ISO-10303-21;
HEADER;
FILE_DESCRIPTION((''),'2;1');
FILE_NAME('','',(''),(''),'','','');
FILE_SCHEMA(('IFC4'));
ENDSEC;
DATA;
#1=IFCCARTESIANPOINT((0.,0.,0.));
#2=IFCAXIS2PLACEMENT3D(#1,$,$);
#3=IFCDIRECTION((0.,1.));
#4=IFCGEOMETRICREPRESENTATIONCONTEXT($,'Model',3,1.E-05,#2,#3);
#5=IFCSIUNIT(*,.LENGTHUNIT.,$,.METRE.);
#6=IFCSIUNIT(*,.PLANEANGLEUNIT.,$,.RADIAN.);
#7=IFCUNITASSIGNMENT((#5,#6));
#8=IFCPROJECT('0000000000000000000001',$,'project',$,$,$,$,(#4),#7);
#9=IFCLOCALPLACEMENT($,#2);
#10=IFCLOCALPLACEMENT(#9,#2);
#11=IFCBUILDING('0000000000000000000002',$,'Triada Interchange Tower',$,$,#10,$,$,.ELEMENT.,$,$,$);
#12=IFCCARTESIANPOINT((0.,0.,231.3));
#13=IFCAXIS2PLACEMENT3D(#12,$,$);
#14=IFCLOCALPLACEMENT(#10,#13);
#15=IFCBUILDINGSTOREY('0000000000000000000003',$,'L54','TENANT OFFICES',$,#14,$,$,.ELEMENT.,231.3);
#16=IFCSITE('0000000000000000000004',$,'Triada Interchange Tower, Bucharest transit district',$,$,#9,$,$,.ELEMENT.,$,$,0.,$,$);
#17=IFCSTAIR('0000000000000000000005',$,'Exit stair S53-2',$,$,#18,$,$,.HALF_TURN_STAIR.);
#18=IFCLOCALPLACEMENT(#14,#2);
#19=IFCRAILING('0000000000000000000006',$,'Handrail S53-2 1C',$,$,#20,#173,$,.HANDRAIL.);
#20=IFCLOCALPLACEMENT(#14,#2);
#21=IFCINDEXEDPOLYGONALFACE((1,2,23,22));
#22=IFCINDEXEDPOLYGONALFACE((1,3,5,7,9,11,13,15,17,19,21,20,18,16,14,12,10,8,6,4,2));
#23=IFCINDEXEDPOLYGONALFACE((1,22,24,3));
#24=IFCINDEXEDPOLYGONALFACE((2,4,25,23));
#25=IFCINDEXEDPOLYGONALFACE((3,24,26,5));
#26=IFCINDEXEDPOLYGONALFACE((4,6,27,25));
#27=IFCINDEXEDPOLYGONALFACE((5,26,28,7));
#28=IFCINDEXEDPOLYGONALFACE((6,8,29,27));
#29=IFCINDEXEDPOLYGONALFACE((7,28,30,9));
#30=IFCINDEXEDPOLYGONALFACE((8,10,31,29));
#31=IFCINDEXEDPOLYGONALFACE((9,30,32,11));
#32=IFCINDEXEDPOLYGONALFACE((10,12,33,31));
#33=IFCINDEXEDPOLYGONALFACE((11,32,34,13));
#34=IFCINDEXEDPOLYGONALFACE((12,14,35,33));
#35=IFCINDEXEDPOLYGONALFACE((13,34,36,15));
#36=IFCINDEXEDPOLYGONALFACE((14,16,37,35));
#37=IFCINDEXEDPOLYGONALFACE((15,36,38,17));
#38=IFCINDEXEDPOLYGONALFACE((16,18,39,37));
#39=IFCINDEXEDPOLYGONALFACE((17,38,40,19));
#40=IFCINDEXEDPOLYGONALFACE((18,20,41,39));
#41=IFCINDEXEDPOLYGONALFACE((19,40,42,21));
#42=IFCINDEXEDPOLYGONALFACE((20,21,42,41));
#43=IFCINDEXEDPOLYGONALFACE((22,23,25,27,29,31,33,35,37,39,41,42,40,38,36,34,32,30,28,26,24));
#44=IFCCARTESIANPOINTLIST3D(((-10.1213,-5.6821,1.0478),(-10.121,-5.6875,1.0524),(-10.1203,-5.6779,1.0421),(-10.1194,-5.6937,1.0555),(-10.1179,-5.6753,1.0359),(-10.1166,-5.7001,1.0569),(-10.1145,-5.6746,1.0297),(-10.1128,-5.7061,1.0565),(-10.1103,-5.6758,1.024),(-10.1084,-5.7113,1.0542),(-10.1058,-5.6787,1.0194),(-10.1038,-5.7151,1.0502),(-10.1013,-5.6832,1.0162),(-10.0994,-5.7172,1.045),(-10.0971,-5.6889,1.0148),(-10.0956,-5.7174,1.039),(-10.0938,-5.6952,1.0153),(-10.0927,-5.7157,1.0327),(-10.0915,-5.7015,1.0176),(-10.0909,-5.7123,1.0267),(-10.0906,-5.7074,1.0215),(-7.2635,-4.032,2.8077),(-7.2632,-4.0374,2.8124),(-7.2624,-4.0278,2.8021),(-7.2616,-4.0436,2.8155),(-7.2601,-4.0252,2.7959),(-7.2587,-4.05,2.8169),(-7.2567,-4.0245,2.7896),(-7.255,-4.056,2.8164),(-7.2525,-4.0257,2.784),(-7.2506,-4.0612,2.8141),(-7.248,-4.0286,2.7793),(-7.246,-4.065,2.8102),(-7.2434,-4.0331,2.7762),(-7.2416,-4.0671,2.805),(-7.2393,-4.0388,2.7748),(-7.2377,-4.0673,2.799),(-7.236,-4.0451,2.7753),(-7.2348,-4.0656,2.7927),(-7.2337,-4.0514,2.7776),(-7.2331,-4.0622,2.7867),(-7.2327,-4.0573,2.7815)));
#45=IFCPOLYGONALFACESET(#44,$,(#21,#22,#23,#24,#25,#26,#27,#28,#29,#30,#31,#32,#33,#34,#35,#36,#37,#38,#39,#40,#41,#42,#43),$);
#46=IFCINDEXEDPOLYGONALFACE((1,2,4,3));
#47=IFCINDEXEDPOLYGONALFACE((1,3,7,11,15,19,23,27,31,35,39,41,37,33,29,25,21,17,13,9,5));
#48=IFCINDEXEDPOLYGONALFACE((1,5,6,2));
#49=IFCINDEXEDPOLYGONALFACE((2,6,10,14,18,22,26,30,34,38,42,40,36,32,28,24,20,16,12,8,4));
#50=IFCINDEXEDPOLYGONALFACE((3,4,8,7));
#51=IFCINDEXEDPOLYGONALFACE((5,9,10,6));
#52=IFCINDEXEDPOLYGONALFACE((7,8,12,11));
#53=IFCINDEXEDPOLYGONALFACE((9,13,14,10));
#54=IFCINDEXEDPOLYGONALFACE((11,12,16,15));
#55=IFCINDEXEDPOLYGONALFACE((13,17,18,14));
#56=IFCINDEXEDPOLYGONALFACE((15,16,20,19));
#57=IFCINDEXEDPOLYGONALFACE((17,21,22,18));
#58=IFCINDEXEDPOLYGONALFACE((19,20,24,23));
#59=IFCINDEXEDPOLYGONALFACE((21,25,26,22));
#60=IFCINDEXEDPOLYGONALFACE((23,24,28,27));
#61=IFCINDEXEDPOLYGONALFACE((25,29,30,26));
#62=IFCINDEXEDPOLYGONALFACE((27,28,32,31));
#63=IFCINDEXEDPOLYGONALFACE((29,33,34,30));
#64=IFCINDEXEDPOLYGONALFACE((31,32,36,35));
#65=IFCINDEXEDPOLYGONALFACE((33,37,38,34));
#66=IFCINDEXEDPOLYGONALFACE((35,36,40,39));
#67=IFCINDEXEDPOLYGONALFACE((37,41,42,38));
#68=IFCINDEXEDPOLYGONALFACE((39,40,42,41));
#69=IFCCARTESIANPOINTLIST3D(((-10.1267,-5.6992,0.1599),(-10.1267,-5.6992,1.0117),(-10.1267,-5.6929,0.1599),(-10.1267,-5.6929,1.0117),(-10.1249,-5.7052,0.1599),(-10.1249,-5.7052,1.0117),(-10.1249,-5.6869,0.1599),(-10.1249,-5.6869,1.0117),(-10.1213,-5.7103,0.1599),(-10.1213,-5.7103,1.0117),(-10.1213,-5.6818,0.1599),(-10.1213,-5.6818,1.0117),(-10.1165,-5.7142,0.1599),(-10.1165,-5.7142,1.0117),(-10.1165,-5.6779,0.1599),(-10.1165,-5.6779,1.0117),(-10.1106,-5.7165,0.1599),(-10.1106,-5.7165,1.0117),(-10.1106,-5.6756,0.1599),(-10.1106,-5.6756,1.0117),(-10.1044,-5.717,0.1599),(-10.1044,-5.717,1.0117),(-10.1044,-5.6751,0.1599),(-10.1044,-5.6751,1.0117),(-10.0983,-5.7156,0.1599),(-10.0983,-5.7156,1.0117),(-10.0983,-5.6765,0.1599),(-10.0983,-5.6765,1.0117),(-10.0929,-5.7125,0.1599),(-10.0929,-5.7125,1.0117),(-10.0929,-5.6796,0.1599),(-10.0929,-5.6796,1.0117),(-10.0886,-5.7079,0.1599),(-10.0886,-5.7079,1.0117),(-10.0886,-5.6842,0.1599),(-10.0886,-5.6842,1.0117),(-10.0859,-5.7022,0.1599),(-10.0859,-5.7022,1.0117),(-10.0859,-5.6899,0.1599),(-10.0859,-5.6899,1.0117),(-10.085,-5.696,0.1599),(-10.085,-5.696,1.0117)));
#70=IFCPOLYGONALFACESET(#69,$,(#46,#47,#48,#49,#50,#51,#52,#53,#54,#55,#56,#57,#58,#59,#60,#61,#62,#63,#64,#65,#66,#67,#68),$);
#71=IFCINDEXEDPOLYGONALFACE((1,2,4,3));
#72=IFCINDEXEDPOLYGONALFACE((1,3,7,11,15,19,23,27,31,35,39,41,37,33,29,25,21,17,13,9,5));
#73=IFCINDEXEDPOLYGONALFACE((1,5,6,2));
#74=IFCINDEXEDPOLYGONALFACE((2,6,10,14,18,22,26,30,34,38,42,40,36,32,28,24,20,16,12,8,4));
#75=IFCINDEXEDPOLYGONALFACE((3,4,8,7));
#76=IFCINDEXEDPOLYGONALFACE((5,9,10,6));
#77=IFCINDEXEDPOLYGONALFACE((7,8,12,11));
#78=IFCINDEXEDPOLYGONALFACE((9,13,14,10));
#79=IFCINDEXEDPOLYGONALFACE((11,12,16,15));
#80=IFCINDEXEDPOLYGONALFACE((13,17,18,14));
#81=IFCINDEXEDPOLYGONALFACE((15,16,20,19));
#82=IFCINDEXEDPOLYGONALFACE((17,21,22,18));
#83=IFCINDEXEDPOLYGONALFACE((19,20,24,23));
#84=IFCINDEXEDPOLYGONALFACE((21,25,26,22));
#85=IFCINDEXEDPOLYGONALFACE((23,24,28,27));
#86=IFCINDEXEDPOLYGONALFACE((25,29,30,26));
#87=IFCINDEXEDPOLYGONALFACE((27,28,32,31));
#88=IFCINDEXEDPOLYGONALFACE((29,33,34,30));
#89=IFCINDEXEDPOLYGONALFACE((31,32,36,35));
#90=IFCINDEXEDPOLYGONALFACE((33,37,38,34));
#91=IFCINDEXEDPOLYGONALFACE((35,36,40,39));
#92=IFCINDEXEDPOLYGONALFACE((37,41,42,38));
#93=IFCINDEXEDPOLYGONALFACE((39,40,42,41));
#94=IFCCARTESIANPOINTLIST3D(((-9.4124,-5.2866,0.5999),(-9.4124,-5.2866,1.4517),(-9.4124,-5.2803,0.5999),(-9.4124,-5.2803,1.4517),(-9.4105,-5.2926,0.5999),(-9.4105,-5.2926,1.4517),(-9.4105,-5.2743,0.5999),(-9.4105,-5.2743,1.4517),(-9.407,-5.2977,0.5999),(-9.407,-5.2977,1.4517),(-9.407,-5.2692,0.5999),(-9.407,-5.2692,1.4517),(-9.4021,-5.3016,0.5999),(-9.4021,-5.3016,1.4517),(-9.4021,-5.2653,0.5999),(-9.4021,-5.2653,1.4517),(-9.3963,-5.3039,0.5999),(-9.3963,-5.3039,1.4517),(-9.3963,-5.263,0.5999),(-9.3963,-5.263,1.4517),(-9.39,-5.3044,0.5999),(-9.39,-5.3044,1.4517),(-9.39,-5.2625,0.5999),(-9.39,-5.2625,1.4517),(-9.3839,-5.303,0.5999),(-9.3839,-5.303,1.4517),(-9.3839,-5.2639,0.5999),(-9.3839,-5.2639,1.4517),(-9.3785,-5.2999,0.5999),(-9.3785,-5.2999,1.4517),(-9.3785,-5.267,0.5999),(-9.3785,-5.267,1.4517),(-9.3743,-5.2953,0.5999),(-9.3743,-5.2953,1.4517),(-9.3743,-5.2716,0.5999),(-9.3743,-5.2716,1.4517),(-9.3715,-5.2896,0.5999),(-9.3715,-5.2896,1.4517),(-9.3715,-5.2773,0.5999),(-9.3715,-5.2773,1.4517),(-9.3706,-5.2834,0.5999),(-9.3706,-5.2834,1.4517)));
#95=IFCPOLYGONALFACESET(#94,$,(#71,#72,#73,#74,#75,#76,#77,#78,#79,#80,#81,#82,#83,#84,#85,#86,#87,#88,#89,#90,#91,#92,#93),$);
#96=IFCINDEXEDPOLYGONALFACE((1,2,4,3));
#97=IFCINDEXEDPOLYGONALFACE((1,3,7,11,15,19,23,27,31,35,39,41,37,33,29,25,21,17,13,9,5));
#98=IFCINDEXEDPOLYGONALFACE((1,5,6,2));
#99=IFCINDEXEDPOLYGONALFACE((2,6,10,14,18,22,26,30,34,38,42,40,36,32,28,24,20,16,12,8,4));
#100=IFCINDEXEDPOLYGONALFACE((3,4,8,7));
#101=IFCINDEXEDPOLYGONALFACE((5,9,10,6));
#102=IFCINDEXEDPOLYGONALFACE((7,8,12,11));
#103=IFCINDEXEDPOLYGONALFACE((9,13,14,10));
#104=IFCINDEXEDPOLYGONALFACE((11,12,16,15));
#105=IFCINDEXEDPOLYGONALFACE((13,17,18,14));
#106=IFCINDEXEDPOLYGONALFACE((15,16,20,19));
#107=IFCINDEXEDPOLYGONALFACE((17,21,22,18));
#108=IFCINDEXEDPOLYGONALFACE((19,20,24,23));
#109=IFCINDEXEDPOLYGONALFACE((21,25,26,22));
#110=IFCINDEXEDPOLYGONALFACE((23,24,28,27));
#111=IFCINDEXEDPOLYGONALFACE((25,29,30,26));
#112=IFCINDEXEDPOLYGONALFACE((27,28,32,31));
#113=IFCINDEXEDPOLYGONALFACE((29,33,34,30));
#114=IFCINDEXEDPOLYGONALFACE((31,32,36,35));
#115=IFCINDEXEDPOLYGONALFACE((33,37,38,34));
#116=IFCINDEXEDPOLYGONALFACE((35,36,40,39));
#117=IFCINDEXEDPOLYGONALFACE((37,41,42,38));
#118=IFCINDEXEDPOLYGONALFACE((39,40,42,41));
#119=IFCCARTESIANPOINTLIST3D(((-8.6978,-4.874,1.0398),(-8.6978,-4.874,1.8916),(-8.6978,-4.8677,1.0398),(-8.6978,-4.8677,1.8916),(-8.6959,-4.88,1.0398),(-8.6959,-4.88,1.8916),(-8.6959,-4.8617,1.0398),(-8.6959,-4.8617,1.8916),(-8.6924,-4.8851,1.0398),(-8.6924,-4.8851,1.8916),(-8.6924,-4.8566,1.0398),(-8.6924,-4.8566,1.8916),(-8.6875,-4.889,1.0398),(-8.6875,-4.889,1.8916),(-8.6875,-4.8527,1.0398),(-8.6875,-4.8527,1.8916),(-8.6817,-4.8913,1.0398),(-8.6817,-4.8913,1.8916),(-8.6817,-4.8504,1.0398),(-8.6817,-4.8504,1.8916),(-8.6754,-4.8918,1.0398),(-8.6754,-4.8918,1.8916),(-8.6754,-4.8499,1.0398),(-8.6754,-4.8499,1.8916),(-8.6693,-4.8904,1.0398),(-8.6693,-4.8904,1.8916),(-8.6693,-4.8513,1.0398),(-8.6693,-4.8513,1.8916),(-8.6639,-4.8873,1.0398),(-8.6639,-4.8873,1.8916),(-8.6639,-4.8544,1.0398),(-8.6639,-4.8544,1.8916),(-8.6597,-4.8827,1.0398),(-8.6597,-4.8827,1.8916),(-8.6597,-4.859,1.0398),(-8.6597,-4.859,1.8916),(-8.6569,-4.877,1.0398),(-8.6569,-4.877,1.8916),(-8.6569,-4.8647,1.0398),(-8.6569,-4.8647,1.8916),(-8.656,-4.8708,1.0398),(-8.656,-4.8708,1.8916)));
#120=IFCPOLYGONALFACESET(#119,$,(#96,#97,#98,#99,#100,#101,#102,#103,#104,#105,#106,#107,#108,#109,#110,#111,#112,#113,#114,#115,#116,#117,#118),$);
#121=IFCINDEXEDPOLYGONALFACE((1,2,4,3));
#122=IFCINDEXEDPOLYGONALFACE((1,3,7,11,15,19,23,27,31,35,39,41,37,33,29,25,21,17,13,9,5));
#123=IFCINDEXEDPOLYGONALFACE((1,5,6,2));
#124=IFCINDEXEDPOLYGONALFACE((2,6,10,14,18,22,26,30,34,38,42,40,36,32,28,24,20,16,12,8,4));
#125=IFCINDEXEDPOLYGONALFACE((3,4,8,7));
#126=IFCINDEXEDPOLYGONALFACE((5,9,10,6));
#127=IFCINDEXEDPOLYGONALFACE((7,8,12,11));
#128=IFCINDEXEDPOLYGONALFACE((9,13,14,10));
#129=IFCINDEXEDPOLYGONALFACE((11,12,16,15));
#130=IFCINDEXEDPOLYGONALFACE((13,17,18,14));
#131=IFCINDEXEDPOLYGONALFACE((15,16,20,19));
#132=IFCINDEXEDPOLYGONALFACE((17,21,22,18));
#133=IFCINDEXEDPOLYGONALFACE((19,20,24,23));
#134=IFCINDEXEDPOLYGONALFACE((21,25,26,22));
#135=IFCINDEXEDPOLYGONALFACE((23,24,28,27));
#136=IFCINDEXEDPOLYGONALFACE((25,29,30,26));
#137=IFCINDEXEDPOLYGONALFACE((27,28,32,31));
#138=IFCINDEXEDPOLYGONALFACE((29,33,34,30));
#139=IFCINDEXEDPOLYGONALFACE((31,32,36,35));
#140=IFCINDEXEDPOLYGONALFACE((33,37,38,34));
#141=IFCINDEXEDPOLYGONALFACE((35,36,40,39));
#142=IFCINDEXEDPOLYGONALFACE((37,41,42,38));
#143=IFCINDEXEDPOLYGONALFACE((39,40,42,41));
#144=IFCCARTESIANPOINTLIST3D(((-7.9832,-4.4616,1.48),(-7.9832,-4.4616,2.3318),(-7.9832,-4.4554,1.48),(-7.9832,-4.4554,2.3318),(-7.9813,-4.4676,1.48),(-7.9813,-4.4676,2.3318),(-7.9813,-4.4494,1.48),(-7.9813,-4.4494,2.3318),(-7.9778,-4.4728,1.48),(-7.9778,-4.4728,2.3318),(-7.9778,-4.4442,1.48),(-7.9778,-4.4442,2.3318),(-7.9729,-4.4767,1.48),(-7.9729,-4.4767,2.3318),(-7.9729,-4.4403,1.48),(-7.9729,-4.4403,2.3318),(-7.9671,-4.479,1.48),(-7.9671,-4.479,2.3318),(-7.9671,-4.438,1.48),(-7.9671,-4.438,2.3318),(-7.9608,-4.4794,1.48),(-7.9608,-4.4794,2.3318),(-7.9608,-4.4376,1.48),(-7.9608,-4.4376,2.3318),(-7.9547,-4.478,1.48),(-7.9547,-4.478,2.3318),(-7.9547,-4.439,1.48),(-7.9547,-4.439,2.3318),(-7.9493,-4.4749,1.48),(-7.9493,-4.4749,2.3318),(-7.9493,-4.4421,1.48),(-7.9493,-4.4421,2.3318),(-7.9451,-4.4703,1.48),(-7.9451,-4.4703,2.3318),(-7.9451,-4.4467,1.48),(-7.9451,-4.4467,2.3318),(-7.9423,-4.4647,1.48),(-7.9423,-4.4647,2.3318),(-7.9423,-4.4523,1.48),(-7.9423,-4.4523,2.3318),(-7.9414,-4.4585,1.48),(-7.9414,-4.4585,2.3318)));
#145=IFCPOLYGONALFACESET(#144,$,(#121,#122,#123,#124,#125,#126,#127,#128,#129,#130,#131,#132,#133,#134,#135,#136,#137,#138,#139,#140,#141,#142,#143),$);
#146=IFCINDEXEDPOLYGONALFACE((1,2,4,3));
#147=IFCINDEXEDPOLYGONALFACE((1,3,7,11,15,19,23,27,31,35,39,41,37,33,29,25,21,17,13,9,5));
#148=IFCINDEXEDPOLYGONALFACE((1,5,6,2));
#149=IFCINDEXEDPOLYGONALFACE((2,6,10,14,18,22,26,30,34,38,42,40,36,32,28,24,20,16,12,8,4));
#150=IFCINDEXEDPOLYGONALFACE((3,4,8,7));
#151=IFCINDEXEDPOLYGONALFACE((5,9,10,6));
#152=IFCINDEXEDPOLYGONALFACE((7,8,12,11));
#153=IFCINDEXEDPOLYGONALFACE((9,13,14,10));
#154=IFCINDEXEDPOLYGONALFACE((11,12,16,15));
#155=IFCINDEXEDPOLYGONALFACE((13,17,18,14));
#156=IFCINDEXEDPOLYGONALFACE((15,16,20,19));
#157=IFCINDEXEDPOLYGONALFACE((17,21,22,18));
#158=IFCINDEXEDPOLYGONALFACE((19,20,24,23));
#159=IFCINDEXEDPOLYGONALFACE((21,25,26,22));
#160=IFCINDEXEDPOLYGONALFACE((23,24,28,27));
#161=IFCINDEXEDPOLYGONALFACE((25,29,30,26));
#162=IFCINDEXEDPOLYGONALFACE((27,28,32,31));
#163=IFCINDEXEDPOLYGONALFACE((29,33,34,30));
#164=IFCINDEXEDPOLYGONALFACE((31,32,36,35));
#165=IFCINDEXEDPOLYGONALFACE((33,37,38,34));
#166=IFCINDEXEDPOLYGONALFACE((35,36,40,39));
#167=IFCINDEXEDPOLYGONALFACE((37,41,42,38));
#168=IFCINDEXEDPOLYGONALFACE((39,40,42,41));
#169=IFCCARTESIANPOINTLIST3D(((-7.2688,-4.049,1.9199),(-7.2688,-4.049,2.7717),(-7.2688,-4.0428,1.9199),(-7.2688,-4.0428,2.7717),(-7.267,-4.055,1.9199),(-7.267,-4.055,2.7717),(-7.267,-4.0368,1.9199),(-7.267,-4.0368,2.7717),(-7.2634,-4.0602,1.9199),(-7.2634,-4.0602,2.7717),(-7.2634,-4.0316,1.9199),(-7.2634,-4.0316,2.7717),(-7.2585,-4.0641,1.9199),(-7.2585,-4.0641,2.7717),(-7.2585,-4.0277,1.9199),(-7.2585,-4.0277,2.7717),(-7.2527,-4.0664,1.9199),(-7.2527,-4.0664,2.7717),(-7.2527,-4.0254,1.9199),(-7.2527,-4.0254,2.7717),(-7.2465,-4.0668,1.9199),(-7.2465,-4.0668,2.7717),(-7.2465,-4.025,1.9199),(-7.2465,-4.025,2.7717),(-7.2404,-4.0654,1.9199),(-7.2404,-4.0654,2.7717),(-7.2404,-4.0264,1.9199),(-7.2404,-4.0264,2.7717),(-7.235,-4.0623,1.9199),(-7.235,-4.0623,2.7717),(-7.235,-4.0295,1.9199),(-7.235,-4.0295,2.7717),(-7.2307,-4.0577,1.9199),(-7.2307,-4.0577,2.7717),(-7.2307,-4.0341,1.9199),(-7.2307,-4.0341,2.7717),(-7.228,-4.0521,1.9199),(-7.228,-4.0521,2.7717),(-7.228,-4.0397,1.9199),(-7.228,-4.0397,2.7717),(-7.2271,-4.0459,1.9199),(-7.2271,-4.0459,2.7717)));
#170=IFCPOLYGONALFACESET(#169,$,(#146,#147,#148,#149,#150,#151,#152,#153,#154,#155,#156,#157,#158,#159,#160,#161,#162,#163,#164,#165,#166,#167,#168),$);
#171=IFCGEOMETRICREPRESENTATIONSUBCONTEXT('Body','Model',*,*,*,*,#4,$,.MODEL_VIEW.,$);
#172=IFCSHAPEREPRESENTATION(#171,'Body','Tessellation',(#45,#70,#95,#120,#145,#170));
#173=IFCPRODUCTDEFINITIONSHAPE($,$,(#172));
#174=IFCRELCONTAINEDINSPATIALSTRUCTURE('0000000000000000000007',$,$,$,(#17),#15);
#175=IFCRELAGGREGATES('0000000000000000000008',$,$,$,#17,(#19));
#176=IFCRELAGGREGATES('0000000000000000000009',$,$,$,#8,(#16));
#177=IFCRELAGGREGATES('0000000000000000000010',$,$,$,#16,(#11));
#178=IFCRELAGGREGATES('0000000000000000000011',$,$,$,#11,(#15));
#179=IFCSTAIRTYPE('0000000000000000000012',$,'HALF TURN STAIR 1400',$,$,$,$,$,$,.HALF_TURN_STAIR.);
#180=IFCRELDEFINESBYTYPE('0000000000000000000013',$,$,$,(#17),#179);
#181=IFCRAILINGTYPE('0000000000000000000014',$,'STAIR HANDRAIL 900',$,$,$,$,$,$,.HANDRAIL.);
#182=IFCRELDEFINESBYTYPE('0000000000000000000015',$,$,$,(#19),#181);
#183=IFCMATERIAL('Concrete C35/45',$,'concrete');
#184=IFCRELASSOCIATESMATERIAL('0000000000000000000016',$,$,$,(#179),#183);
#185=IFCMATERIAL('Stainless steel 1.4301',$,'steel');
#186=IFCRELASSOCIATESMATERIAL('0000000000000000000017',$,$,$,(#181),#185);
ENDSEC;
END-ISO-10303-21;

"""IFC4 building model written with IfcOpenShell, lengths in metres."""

from ifc_helpers import new_model, si_unit, direction, frame, origin, origin_2d, place, context, subcontext, project, spatial, circle, extrude, material, type_object, element, aggregate, save


model = new_model("IFC4")

# Units and contexts
model_context = context("Model", 3, precision=1e-05, world=origin(), true_north=direction((0.0, 1.0)))
body_context = subcontext(model_context, "Body", "Model", "MODEL_VIEW")
ifc_project = project(units=[si_unit("LENGTHUNIT", "METRE"), si_unit("PLANEANGLEUNIT", "RADIAN")], contexts=[model_context])

# Site, building, storey
site_placement = place(None, origin())
site = spatial("IfcSite", under=ifc_project, at=site_placement, Name="Triada Interchange Tower, Bucharest transit district", CompositionType="ELEMENT", RefElevation=0.0)
building_placement = place(site_placement, origin())
building = spatial("IfcBuilding", under=site, at=building_placement, Name="Triada Interchange Tower", CompositionType="ELEMENT")
storey_placement = place(building_placement, frame((0.0, 0.0, 231.3)))
storey = spatial("IfcBuildingStorey", under=building, at=storey_placement, Name="L54", Description="TENANT OFFICES", CompositionType="ELEMENT", Elevation=231.3)

# Stair
ifc_material_1 = material(Name="Concrete C35/45", Category="concrete")
stair_type = type_object("IfcStairType", Name="HALF TURN STAIR 1400", PredefinedType="HALF_TURN_STAIR", material=ifc_material_1)
stair_placement = place(storey_placement, origin())
stair = element("IfcStair", 1, at=stair_placement, inside=storey, type_object=stair_type, Name="Exit stair S53-2", PredefinedType="HALF_TURN_STAIR")

# Railing
ifc_material_2 = material(Name="Stainless steel 1.4301", Category="steel")
railing_type = type_object("IfcRailingType", Name="STAIR HANDRAIL 900", PredefinedType="HANDRAIL", material=ifc_material_2)
railing_1_placement = place(storey_placement, frame((-10.106, -5.696, 0.1599)))
railing_1 = element("IfcRailing", 2, at=railing_1_placement, type_object=railing_type, Name="Handrail S53-2 1C", PredefinedType="HANDRAIL", context=body_context, shape_type="SweptSolid", body=[
    extrude(circle(Radius=0.0239, at=origin_2d()), frame((0.0, 0.0, 0.876), z_axis=(0.764129, 0.441205, 0.47058), x_axis=(-0.50003, 0.866008, 0.0)), (0.0, 0.0, 1.0), 3.74),
    extrude(circle(Radius=0.021, at=origin_2d()), origin(), (0.0, 0.0, 1.0), 0.8518),
    extrude(circle(Radius=0.021, at=origin_2d()), frame((0.7144, 0.4126, 0.4399)), (0.0, 0.0, 1.0), 0.8518),
    extrude(circle(Radius=0.021, at=origin_2d()), frame((1.429, 0.8252, 0.8799)), (0.0, 0.0, 1.0), 0.8518),
    extrude(circle(Radius=0.021, at=origin_2d()), frame((2.1436, 1.2375, 1.3201)), (0.0, 0.0, 1.0), 0.8518),
    extrude(circle(Radius=0.021, at=origin_2d()), frame((2.8579, 1.6501, 1.76)), (0.0, 0.0, 1.0), 0.8518),
])
aggregate(stair, [railing_1])

save(model, "model.ifc")
